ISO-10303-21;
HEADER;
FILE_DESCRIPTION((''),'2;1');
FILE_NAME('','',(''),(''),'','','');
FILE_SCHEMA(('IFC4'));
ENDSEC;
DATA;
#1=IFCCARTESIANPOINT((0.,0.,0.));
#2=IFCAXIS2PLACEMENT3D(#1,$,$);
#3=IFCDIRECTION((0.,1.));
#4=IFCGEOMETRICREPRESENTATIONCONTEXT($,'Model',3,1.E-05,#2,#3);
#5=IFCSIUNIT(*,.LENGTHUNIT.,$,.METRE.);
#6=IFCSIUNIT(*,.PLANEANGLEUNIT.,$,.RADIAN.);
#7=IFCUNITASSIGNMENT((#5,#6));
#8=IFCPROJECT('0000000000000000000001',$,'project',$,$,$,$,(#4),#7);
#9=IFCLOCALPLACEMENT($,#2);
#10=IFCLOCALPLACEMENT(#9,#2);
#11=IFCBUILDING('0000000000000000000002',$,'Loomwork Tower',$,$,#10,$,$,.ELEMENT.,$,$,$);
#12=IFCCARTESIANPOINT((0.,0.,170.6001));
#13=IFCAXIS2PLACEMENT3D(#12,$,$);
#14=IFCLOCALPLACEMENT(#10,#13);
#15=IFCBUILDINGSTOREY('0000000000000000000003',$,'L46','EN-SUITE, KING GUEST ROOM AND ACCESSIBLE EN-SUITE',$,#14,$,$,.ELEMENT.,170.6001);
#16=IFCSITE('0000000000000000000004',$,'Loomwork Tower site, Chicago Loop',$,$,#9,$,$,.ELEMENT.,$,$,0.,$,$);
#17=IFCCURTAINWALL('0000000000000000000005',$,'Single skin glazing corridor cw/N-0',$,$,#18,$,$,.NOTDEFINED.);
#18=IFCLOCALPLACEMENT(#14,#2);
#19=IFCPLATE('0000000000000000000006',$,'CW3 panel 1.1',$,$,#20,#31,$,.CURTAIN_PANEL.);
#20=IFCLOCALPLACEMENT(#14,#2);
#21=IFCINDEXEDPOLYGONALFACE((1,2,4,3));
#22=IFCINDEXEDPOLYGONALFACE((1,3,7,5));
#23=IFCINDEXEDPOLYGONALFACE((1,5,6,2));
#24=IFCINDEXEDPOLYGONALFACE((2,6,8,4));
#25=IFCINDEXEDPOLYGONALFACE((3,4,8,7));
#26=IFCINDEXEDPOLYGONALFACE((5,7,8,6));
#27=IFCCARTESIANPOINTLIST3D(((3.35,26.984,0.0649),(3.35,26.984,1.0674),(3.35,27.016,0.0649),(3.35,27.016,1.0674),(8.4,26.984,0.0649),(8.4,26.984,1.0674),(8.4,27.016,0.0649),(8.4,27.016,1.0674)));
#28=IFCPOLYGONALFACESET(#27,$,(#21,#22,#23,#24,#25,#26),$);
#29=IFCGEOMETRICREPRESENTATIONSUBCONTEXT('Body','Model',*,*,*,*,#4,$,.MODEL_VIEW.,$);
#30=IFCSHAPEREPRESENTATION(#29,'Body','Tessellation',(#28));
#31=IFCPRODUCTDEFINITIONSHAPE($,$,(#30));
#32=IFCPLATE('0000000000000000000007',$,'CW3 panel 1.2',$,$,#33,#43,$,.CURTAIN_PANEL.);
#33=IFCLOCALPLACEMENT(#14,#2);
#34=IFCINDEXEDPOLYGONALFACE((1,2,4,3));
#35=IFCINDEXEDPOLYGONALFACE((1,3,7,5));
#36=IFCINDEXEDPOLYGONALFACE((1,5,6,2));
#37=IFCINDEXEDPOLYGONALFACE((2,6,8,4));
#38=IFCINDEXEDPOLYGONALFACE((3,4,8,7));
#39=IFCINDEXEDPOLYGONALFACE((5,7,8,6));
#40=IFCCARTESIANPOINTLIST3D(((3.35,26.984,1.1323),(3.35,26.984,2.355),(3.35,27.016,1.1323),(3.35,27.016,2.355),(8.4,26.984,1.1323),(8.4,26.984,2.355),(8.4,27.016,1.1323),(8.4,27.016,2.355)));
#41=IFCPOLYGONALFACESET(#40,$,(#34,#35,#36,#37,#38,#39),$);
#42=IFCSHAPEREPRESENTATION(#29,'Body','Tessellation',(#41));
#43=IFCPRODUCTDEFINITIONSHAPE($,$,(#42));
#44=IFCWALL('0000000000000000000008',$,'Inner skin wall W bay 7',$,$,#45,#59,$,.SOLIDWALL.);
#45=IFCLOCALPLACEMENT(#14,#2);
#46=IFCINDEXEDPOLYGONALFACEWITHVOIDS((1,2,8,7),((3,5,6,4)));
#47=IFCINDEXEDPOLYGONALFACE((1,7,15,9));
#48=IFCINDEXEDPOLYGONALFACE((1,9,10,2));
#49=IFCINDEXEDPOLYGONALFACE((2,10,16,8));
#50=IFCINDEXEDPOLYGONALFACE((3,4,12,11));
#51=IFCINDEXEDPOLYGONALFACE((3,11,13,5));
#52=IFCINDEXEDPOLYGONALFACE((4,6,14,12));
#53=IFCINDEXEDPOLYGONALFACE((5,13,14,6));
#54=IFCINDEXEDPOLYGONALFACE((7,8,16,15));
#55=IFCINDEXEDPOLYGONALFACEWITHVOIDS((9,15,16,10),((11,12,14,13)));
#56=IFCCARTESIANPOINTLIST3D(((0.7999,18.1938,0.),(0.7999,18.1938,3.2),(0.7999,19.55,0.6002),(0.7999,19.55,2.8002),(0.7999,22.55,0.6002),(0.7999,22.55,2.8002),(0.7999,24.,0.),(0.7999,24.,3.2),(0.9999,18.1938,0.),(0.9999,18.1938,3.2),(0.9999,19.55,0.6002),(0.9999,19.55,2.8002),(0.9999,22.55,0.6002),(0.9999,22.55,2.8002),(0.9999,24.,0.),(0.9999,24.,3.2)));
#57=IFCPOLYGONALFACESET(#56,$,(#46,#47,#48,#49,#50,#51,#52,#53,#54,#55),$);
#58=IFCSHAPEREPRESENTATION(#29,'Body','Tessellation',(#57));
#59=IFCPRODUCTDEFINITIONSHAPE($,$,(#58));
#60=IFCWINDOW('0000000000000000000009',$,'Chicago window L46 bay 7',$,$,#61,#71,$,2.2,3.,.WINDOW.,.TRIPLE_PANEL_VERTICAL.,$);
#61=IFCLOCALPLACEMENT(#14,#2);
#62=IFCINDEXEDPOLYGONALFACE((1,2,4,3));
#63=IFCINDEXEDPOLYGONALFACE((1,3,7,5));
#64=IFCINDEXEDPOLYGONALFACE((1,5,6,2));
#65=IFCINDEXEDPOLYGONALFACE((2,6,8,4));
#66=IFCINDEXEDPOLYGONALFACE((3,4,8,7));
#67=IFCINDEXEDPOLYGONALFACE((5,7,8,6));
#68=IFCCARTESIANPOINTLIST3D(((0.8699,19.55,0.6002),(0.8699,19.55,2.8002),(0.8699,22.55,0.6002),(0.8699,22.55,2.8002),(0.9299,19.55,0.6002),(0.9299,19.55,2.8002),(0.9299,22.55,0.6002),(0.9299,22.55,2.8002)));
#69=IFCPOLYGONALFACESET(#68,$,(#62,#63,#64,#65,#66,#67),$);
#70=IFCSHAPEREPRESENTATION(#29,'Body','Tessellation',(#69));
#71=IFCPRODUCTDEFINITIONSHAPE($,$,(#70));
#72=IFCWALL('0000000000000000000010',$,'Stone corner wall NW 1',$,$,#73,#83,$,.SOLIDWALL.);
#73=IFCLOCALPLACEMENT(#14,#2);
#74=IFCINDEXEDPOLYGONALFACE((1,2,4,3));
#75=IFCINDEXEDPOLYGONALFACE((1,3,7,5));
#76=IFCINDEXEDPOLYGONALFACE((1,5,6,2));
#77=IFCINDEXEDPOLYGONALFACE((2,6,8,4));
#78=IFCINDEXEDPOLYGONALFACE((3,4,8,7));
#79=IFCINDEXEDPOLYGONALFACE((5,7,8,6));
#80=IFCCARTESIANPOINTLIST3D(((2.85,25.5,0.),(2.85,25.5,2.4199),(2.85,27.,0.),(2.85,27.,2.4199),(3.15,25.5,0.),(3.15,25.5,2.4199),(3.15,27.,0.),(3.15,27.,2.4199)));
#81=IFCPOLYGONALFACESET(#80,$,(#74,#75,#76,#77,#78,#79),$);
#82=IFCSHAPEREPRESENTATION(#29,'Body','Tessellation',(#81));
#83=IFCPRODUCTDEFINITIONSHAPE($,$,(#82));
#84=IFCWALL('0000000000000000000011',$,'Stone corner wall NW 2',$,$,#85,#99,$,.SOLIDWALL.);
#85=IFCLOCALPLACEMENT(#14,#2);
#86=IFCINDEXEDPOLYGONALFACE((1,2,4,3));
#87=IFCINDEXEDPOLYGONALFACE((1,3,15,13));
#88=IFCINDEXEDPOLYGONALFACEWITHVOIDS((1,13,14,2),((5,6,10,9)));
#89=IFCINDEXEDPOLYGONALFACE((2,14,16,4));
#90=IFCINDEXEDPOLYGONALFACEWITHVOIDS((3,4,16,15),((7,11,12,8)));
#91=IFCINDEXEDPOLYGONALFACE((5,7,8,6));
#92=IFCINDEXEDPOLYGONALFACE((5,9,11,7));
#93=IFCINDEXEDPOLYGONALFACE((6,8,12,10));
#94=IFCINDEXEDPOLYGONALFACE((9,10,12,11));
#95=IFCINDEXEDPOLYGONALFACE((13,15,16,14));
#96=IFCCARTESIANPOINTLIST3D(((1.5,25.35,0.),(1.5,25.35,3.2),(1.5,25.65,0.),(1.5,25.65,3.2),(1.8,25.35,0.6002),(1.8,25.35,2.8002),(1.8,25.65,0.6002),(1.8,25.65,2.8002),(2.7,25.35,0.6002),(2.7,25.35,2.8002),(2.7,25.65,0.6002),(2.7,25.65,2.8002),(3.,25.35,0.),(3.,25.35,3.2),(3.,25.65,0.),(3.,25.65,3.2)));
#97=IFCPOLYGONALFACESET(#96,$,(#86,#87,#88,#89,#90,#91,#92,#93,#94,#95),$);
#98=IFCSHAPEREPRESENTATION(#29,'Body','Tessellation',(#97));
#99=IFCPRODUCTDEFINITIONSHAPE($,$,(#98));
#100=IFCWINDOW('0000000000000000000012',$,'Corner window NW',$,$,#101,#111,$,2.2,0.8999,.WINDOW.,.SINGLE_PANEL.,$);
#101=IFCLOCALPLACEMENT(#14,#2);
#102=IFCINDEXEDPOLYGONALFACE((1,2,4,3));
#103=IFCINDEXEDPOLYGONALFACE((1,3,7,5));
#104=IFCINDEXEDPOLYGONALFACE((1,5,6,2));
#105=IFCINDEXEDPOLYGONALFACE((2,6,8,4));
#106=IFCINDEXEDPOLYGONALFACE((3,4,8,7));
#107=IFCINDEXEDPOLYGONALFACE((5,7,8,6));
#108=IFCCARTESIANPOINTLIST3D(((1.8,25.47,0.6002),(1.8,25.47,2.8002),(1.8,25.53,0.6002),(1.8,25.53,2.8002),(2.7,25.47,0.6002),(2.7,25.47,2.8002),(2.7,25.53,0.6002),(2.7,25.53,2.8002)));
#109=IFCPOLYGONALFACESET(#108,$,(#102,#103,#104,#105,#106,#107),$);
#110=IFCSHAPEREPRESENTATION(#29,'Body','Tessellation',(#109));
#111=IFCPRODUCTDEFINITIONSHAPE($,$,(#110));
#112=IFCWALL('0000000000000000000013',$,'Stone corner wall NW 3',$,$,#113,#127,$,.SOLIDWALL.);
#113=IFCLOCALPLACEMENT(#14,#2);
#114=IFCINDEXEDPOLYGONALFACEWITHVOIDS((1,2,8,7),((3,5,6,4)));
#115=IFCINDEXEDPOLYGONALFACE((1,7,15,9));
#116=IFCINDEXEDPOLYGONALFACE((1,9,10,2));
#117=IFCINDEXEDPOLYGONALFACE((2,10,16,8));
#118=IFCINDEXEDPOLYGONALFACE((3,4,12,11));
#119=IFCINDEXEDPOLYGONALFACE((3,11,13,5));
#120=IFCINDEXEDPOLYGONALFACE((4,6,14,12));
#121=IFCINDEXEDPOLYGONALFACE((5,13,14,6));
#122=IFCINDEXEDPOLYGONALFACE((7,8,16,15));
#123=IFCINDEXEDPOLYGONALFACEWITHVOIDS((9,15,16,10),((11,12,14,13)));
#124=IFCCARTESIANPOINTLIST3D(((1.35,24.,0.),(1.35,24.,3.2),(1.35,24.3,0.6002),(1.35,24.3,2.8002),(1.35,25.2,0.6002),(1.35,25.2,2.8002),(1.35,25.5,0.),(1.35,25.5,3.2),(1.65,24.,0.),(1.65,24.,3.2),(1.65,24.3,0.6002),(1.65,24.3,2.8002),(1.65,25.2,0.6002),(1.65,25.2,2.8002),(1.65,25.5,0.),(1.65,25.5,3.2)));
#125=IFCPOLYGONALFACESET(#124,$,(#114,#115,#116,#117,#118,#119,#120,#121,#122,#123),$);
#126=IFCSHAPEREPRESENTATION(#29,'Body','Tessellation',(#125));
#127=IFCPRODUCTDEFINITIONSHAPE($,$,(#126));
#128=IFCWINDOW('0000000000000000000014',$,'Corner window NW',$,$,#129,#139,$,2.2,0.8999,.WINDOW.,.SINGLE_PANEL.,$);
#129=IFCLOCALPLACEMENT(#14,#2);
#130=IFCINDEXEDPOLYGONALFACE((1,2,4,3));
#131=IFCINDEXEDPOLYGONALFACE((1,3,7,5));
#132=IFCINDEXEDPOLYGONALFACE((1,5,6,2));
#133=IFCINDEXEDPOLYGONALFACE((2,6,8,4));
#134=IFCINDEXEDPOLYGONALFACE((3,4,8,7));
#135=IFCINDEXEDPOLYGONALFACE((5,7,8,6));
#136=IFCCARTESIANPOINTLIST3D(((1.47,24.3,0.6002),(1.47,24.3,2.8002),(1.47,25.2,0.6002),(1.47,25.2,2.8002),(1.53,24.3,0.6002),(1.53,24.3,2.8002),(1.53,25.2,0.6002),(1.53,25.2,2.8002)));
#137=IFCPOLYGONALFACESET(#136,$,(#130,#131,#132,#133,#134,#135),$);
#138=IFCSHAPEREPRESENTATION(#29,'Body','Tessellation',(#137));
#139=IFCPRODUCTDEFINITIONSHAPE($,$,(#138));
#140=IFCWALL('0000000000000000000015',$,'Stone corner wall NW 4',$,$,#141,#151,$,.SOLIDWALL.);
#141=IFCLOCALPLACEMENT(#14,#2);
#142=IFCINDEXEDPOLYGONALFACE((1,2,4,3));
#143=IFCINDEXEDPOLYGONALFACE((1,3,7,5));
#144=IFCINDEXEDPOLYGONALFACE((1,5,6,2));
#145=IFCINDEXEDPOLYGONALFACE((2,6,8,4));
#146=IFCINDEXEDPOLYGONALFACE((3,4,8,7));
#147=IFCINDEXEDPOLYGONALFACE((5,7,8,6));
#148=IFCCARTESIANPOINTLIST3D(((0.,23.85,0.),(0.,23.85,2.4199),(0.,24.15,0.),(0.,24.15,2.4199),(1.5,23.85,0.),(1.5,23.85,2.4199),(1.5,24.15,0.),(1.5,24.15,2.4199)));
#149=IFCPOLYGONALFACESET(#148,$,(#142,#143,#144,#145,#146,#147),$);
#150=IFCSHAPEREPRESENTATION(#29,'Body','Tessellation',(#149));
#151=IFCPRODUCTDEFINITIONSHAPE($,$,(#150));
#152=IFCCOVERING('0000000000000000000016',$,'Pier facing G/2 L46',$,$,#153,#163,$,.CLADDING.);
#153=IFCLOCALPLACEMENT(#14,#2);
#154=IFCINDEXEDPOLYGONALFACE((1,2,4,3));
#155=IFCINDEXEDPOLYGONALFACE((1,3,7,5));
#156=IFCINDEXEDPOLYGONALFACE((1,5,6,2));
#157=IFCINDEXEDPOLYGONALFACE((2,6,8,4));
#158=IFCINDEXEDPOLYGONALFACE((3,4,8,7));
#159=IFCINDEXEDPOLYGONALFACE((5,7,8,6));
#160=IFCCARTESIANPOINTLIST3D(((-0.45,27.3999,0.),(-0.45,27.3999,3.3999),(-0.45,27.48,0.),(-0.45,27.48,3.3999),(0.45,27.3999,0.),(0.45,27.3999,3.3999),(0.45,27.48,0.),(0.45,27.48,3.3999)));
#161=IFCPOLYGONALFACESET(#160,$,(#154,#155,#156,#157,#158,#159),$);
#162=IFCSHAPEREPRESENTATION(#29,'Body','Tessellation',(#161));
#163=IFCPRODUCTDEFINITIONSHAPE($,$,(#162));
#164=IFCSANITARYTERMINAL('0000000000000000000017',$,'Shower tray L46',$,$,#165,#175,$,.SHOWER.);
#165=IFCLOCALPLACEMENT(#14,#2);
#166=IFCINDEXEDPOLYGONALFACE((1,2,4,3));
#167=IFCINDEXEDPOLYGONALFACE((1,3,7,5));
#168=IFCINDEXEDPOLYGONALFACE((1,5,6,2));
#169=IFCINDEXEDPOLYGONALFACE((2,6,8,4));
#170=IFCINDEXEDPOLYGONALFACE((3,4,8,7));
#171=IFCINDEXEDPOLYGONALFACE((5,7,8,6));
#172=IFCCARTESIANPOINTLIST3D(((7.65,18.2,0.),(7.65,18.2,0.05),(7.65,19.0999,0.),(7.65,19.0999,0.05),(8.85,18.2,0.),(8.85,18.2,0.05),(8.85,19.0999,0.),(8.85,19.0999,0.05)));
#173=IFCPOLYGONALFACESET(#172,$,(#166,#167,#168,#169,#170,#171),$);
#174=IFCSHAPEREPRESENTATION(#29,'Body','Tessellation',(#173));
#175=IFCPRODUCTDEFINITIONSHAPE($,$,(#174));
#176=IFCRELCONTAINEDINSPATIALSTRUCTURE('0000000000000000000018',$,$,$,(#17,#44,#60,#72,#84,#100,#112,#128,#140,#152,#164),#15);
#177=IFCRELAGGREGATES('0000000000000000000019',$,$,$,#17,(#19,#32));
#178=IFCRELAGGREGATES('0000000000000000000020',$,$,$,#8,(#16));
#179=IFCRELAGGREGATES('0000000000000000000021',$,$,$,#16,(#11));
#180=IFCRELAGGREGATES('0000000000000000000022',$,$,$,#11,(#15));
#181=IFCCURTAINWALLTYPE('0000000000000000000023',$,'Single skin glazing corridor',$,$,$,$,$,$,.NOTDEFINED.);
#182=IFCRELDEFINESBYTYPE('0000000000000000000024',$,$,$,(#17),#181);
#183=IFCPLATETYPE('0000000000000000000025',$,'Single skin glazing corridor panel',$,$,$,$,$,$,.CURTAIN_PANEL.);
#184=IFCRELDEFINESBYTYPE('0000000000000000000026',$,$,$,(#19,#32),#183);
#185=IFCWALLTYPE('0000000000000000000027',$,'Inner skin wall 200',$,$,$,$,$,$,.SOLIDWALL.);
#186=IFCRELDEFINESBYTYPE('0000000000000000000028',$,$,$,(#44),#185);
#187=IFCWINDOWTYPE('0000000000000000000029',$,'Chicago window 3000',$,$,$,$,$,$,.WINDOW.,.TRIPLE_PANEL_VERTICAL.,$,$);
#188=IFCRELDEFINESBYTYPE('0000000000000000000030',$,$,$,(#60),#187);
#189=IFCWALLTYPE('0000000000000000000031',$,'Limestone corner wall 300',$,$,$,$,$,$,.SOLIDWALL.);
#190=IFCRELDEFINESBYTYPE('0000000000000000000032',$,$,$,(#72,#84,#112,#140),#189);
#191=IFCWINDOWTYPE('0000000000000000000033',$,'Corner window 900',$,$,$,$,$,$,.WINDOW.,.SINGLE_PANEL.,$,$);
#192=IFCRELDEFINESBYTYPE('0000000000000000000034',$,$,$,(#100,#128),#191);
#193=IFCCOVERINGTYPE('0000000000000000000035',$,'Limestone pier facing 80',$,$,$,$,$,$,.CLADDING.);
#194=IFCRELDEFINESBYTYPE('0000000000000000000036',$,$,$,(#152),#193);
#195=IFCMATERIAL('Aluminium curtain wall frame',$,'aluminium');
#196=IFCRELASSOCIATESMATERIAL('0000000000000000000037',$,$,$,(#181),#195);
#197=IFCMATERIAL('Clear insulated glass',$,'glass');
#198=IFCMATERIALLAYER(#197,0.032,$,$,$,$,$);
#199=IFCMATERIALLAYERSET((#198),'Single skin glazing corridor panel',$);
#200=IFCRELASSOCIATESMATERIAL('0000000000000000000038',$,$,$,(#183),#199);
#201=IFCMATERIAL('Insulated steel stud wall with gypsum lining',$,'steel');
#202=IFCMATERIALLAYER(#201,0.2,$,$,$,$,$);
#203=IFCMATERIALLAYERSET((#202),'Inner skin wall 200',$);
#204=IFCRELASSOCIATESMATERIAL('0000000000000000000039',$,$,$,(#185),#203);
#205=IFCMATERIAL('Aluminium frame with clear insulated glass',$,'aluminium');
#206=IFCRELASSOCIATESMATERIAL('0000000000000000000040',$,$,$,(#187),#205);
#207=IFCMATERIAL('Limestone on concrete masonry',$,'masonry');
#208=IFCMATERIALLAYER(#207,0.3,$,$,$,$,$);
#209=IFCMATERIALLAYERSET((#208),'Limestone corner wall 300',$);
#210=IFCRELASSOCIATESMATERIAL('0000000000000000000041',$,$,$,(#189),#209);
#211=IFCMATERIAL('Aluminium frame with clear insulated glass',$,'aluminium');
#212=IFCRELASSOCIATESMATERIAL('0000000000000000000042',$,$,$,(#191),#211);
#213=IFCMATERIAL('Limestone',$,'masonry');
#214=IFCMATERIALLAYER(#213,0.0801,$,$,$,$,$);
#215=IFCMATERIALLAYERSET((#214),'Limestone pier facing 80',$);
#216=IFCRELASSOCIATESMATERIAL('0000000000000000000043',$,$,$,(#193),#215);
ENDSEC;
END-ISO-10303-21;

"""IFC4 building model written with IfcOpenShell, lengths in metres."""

from ifc_helpers import new_model, si_unit, direction, frame, frame_2d, origin, origin_2d, place, context, subcontext, project, spatial, rectangle, extrude, material, layer, layer_set, type_object, element, fill, aggregate, save


model = new_model("IFC4")

# Units and contexts
model_context = context("Model", 3, precision=1e-05, world=origin(), true_north=direction((0.0, 1.0)))
body_context = subcontext(model_context, "Body", "Model", "MODEL_VIEW")
ifc_project = project(units=[si_unit("LENGTHUNIT", "METRE"), si_unit("PLANEANGLEUNIT", "RADIAN")], contexts=[model_context])

# Site, building, storey
site_placement = place(None, origin())
site = spatial("IfcSite", under=ifc_project, at=site_placement, Name="Loomwork Tower site, Chicago Loop", CompositionType="ELEMENT", RefElevation=0.0)
building_placement = place(site_placement, origin())
building = spatial("IfcBuilding", under=site, at=building_placement, Name="Loomwork Tower", CompositionType="ELEMENT")
storey_placement = place(building_placement, frame((0.0, 0.0, 170.6001)))
storey = spatial("IfcBuildingStorey", under=building, at=storey_placement, Name="L46", Description="EN-SUITE, KING GUEST ROOM AND ACCESSIBLE EN-SUITE", CompositionType="ELEMENT", Elevation=170.6001)

# Curtain wall
ifc_material_1 = material(Name="Aluminium curtain wall frame", Category="aluminium")
curtain_wall_type_1 = type_object("IfcCurtainWallType", Name="Single skin glazing corridor", PredefinedType="NOTDEFINED", material=ifc_material_1)
curtain_wall_1_placement = place(storey_placement, origin())
curtain_wall_1 = element("IfcCurtainWall", 1, at=curtain_wall_1_placement, inside=storey, type_object=curtain_wall_type_1, Name="Single skin glazing corridor cw/N-0", PredefinedType="NOTDEFINED")

# Plates
ifc_material_2 = material(Name="Clear insulated glass", Category="glass")
ifc_layer_1 = layer(ifc_material_2, 0.032)
ifc_layer_set_1 = layer_set([ifc_layer_1], Name="Single skin glazing corridor panel")
plate_type_1 = type_object("IfcPlateType", Name="Single skin glazing corridor panel", PredefinedType="CURTAIN_PANEL", material=ifc_layer_set_1)
plate_1_placement = place(storey_placement, frame((5.875, 27.0, 0.0649), z_axis=(0.0, 0.0, 1.0), x_axis=(-1.0, 0.0, 0.0)))
plate_1 = element("IfcPlate", 2, at=plate_1_placement, type_object=plate_type_1, Name="CW3 panel 1.1", PredefinedType="CURTAIN_PANEL", context=body_context, shape_type="SweptSolid", body=[
    extrude(rectangle(XDim=5.05, YDim=0.032, at=origin_2d()), origin(), (0.0, 0.0, 1.0), 1.0024),
])
plate_2_placement = place(storey_placement, frame((5.875, 27.0, 1.1323), z_axis=(0.0, 0.0, 1.0), x_axis=(-1.0, 0.0, 0.0)))
plate_2 = element("IfcPlate", 3, at=plate_2_placement, type_object=plate_type_1, Name="CW3 panel 1.2", PredefinedType="CURTAIN_PANEL", context=body_context, shape_type="SweptSolid", body=[
    extrude(rectangle(XDim=5.05, YDim=0.032, at=origin_2d()), origin(), (0.0, 0.0, 1.0), 1.2227),
])
aggregate(curtain_wall_1, [plate_1, plate_2])

# Wall, opening, window
ifc_material_3 = material(Name="Insulated steel stud wall with gypsum lining", Category="steel")
ifc_layer_2 = layer(ifc_material_3, 0.2)
ifc_layer_set_2 = layer_set([ifc_layer_2], Name="Inner skin wall 200")
wall_type_1 = type_object("IfcWallType", Name="Inner skin wall 200", PredefinedType="SOLIDWALL", material=ifc_layer_set_2)
wall_1_placement = place(storey_placement, frame((0.8999, 18.1938, 0.0), z_axis=(0.0, 0.0, 1.0), x_axis=(0.0, 1.0, 0.0)))
wall_1 = element("IfcWall", 4, at=wall_1_placement, inside=storey, type_object=wall_type_1, Name="Inner skin wall W bay 7", PredefinedType="SOLIDWALL", context=body_context, shape_type="SweptSolid", body=[
    extrude(rectangle(XDim=5.8062, YDim=0.2, at=frame_2d((2.9031, 0.0))), origin(), (0.0, 0.0, 1.0), 3.2),
])
opening_1_placement = place(wall_1_placement, frame((1.3562, 0.0, 0.6001)))
opening_1 = element("IfcOpeningElement", 5, at=opening_1_placement, cuts=wall_1, PredefinedType="OPENING", context=body_context, shape_type="SweptSolid", body=[
    extrude(rectangle(XDim=3.0, YDim=2.2, at=frame_2d((1.5, 1.1001))), frame((0.0, 0.1099, 0.0), z_axis=(0.0, -1.0, 0.0), x_axis=(1.0, 0.0, 0.0)), (0.0, 0.0, 1.0), 0.22),
])
ifc_material_4 = material(Name="Aluminium frame with clear insulated glass", Category="aluminium")
window_type_1 = type_object("IfcWindowType", Name="Chicago window 3000", PartitioningType="TRIPLE_PANEL_VERTICAL", PredefinedType="WINDOW", material=ifc_material_4)
window_1_placement = place(opening_1_placement, origin())
window_1 = element("IfcWindow", 6, at=window_1_placement, inside=storey, type_object=window_type_1, Name="Chicago window L46 bay 7", OverallHeight=2.2, OverallWidth=3.0, PartitioningType="TRIPLE_PANEL_VERTICAL", PredefinedType="WINDOW", context=body_context, shape_type="SweptSolid", body=[
    extrude(rectangle(XDim=3.0, YDim=2.2, at=frame_2d((1.5, 1.1001))), frame((0.0, 0.03, 0.0), z_axis=(0.0, -1.0, 0.0), x_axis=(1.0, 0.0, 0.0)), (0.0, 0.0, 1.0), 0.0601),
])
fill(opening_1, window_1)

# Wall
ifc_material_5 = material(Name="Limestone on concrete masonry", Category="masonry")
ifc_layer_3 = layer(ifc_material_5, 0.3)
ifc_layer_set_3 = layer_set([ifc_layer_3], Name="Limestone corner wall 300")
wall_type_2 = type_object("IfcWallType", Name="Limestone corner wall 300", PredefinedType="SOLIDWALL", material=ifc_layer_set_3)
wall_2_placement = place(storey_placement, frame((3.0, 27.0, 0.0), z_axis=(0.0, 0.0, 1.0), x_axis=(0.0, -1.0, 0.0)))
element("IfcWall", 7, at=wall_2_placement, inside=storey, type_object=wall_type_2, Name="Stone corner wall NW 1", PredefinedType="SOLIDWALL", context=body_context, shape_type="SweptSolid", body=[
    extrude(rectangle(XDim=1.5, YDim=0.3, at=frame_2d((0.75, 0.0))), origin(), (0.0, 0.0, 1.0), 2.4199),
])

# Walls, openings, windows
wall_3_placement = place(storey_placement, frame((3.0, 25.5, 0.0), z_axis=(0.0, 0.0, 1.0), x_axis=(-1.0, 0.0, 0.0)))
wall_3 = element("IfcWall", 8, at=wall_3_placement, inside=storey, type_object=wall_type_2, Name="Stone corner wall NW 2", PredefinedType="SOLIDWALL", context=body_context, shape_type="SweptSolid", body=[
    extrude(rectangle(XDim=1.5, YDim=0.3, at=frame_2d((0.75, 0.0))), origin(), (0.0, 0.0, 1.0), 3.2),
])
opening_2_placement = place(wall_3_placement, frame((0.3, 0.0, 0.6001)))
opening_2 = element("IfcOpeningElement", 9, at=opening_2_placement, cuts=wall_3, PredefinedType="OPENING", context=body_context, shape_type="SweptSolid", body=[
    extrude(rectangle(XDim=0.8999, YDim=2.2, at=frame_2d((0.45, 1.1001))), frame((0.0, 0.1599, 0.0), z_axis=(0.0, -1.0, 0.0), x_axis=(1.0, 0.0, 0.0)), (0.0, 0.0, 1.0), 0.3201),
])
ifc_material_6 = material(Name="Aluminium frame with clear insulated glass", Category="aluminium")
window_type_2 = type_object("IfcWindowType", Name="Corner window 900", PartitioningType="SINGLE_PANEL", PredefinedType="WINDOW", material=ifc_material_6)
window_2_placement = place(opening_2_placement, origin())
window_2 = element("IfcWindow", 10, at=window_2_placement, inside=storey, type_object=window_type_2, Name="Corner window NW", OverallHeight=2.2, OverallWidth=0.8999, PartitioningType="SINGLE_PANEL", PredefinedType="WINDOW", context=body_context, shape_type="SweptSolid", body=[
    extrude(rectangle(XDim=0.8999, YDim=2.2, at=frame_2d((0.45, 1.1001))), frame((0.0, 0.03, 0.0), z_axis=(0.0, -1.0, 0.0), x_axis=(1.0, 0.0, 0.0)), (0.0, 0.0, 1.0), 0.0601),
])
fill(opening_2, window_2)
wall_4_placement = place(storey_placement, frame((1.5, 25.5, 0.0), z_axis=(0.0, 0.0, 1.0), x_axis=(0.0, -1.0, 0.0)))
wall_4 = element("IfcWall", 11, at=wall_4_placement, inside=storey, type_object=wall_type_2, Name="Stone corner wall NW 3", PredefinedType="SOLIDWALL", context=body_context, shape_type="SweptSolid", body=[
    extrude(rectangle(XDim=1.5, YDim=0.3, at=frame_2d((0.75, 0.0))), origin(), (0.0, 0.0, 1.0), 3.2),
])
opening_3_placement = place(wall_4_placement, frame((0.3, 0.0, 0.6001)))
opening_3 = element("IfcOpeningElement", 12, at=opening_3_placement, cuts=wall_4, PredefinedType="OPENING", context=body_context, shape_type="SweptSolid", body=[
    extrude(rectangle(XDim=0.8999, YDim=2.2, at=frame_2d((0.45, 1.1001))), frame((0.0, 0.1599, 0.0), z_axis=(0.0, -1.0, 0.0), x_axis=(1.0, 0.0, 0.0)), (0.0, 0.0, 1.0), 0.3201),
])
window_3_placement = place(opening_3_placement, origin())
window_3 = element("IfcWindow", 13, at=window_3_placement, inside=storey, type_object=window_type_2, Name="Corner window NW", OverallHeight=2.2, OverallWidth=0.8999, PartitioningType="SINGLE_PANEL", PredefinedType="WINDOW", context=body_context, shape_type="SweptSolid", body=[
    extrude(rectangle(XDim=0.8999, YDim=2.2, at=frame_2d((0.45, 1.1001))), frame((0.0, 0.03, 0.0), z_axis=(0.0, -1.0, 0.0), x_axis=(1.0, 0.0, 0.0)), (0.0, 0.0, 1.0), 0.0601),
])
fill(opening_3, window_3)

# Wall
wall_5_placement = place(storey_placement, frame((1.5, 24.0, 0.0), z_axis=(0.0, 0.0, 1.0), x_axis=(-1.0, 0.0, 0.0)))
element("IfcWall", 14, at=wall_5_placement, inside=storey, type_object=wall_type_2, Name="Stone corner wall NW 4", PredefinedType="SOLIDWALL", context=body_context, shape_type="SweptSolid", body=[
    extrude(rectangle(XDim=1.5, YDim=0.3, at=frame_2d((0.75, 0.0))), origin(), (0.0, 0.0, 1.0), 2.4199),
])

# Covering
ifc_material_7 = material(Name="Limestone", Category="masonry")
ifc_layer_4 = layer(ifc_material_7, 0.0801)
ifc_layer_set_4 = layer_set([ifc_layer_4], Name="Limestone pier facing 80")
covering_type = type_object("IfcCoveringType", Name="Limestone pier facing 80", PredefinedType="CLADDING", material=ifc_layer_set_4)
covering_placement = place(storey_placement, frame((0.0, 27.4399, 0.0), z_axis=(0.0, 0.0, 1.0), x_axis=(1.0, 0.0, 0.0)))
element("IfcCovering", 15, at=covering_placement, inside=storey, type_object=covering_type, Name="Pier facing G/2 L46", PredefinedType="CLADDING", context=body_context, shape_type="SweptSolid", body=[
    extrude(rectangle(XDim=0.8999, YDim=0.0801, at=origin_2d()), origin(), (0.0, 0.0, 1.0), 3.3999),
])

# Sanitary terminal
sanitary_terminal_placement = place(storey_placement, frame((8.25, 18.6499, 0.0), z_axis=(0.0, 0.0, 1.0), x_axis=(1.0, 0.0, 0.0)))
element("IfcSanitaryTerminal", 16, at=sanitary_terminal_placement, inside=storey, Name="Shower tray L46", PredefinedType="SHOWER", context=body_context, shape_type="SweptSolid", body=[
    extrude(rectangle(XDim=1.2, YDim=0.8999, at=origin_2d()), origin(), (0.0, 0.0, 1.0), 0.05),
])

save(model, "model.ifc")
